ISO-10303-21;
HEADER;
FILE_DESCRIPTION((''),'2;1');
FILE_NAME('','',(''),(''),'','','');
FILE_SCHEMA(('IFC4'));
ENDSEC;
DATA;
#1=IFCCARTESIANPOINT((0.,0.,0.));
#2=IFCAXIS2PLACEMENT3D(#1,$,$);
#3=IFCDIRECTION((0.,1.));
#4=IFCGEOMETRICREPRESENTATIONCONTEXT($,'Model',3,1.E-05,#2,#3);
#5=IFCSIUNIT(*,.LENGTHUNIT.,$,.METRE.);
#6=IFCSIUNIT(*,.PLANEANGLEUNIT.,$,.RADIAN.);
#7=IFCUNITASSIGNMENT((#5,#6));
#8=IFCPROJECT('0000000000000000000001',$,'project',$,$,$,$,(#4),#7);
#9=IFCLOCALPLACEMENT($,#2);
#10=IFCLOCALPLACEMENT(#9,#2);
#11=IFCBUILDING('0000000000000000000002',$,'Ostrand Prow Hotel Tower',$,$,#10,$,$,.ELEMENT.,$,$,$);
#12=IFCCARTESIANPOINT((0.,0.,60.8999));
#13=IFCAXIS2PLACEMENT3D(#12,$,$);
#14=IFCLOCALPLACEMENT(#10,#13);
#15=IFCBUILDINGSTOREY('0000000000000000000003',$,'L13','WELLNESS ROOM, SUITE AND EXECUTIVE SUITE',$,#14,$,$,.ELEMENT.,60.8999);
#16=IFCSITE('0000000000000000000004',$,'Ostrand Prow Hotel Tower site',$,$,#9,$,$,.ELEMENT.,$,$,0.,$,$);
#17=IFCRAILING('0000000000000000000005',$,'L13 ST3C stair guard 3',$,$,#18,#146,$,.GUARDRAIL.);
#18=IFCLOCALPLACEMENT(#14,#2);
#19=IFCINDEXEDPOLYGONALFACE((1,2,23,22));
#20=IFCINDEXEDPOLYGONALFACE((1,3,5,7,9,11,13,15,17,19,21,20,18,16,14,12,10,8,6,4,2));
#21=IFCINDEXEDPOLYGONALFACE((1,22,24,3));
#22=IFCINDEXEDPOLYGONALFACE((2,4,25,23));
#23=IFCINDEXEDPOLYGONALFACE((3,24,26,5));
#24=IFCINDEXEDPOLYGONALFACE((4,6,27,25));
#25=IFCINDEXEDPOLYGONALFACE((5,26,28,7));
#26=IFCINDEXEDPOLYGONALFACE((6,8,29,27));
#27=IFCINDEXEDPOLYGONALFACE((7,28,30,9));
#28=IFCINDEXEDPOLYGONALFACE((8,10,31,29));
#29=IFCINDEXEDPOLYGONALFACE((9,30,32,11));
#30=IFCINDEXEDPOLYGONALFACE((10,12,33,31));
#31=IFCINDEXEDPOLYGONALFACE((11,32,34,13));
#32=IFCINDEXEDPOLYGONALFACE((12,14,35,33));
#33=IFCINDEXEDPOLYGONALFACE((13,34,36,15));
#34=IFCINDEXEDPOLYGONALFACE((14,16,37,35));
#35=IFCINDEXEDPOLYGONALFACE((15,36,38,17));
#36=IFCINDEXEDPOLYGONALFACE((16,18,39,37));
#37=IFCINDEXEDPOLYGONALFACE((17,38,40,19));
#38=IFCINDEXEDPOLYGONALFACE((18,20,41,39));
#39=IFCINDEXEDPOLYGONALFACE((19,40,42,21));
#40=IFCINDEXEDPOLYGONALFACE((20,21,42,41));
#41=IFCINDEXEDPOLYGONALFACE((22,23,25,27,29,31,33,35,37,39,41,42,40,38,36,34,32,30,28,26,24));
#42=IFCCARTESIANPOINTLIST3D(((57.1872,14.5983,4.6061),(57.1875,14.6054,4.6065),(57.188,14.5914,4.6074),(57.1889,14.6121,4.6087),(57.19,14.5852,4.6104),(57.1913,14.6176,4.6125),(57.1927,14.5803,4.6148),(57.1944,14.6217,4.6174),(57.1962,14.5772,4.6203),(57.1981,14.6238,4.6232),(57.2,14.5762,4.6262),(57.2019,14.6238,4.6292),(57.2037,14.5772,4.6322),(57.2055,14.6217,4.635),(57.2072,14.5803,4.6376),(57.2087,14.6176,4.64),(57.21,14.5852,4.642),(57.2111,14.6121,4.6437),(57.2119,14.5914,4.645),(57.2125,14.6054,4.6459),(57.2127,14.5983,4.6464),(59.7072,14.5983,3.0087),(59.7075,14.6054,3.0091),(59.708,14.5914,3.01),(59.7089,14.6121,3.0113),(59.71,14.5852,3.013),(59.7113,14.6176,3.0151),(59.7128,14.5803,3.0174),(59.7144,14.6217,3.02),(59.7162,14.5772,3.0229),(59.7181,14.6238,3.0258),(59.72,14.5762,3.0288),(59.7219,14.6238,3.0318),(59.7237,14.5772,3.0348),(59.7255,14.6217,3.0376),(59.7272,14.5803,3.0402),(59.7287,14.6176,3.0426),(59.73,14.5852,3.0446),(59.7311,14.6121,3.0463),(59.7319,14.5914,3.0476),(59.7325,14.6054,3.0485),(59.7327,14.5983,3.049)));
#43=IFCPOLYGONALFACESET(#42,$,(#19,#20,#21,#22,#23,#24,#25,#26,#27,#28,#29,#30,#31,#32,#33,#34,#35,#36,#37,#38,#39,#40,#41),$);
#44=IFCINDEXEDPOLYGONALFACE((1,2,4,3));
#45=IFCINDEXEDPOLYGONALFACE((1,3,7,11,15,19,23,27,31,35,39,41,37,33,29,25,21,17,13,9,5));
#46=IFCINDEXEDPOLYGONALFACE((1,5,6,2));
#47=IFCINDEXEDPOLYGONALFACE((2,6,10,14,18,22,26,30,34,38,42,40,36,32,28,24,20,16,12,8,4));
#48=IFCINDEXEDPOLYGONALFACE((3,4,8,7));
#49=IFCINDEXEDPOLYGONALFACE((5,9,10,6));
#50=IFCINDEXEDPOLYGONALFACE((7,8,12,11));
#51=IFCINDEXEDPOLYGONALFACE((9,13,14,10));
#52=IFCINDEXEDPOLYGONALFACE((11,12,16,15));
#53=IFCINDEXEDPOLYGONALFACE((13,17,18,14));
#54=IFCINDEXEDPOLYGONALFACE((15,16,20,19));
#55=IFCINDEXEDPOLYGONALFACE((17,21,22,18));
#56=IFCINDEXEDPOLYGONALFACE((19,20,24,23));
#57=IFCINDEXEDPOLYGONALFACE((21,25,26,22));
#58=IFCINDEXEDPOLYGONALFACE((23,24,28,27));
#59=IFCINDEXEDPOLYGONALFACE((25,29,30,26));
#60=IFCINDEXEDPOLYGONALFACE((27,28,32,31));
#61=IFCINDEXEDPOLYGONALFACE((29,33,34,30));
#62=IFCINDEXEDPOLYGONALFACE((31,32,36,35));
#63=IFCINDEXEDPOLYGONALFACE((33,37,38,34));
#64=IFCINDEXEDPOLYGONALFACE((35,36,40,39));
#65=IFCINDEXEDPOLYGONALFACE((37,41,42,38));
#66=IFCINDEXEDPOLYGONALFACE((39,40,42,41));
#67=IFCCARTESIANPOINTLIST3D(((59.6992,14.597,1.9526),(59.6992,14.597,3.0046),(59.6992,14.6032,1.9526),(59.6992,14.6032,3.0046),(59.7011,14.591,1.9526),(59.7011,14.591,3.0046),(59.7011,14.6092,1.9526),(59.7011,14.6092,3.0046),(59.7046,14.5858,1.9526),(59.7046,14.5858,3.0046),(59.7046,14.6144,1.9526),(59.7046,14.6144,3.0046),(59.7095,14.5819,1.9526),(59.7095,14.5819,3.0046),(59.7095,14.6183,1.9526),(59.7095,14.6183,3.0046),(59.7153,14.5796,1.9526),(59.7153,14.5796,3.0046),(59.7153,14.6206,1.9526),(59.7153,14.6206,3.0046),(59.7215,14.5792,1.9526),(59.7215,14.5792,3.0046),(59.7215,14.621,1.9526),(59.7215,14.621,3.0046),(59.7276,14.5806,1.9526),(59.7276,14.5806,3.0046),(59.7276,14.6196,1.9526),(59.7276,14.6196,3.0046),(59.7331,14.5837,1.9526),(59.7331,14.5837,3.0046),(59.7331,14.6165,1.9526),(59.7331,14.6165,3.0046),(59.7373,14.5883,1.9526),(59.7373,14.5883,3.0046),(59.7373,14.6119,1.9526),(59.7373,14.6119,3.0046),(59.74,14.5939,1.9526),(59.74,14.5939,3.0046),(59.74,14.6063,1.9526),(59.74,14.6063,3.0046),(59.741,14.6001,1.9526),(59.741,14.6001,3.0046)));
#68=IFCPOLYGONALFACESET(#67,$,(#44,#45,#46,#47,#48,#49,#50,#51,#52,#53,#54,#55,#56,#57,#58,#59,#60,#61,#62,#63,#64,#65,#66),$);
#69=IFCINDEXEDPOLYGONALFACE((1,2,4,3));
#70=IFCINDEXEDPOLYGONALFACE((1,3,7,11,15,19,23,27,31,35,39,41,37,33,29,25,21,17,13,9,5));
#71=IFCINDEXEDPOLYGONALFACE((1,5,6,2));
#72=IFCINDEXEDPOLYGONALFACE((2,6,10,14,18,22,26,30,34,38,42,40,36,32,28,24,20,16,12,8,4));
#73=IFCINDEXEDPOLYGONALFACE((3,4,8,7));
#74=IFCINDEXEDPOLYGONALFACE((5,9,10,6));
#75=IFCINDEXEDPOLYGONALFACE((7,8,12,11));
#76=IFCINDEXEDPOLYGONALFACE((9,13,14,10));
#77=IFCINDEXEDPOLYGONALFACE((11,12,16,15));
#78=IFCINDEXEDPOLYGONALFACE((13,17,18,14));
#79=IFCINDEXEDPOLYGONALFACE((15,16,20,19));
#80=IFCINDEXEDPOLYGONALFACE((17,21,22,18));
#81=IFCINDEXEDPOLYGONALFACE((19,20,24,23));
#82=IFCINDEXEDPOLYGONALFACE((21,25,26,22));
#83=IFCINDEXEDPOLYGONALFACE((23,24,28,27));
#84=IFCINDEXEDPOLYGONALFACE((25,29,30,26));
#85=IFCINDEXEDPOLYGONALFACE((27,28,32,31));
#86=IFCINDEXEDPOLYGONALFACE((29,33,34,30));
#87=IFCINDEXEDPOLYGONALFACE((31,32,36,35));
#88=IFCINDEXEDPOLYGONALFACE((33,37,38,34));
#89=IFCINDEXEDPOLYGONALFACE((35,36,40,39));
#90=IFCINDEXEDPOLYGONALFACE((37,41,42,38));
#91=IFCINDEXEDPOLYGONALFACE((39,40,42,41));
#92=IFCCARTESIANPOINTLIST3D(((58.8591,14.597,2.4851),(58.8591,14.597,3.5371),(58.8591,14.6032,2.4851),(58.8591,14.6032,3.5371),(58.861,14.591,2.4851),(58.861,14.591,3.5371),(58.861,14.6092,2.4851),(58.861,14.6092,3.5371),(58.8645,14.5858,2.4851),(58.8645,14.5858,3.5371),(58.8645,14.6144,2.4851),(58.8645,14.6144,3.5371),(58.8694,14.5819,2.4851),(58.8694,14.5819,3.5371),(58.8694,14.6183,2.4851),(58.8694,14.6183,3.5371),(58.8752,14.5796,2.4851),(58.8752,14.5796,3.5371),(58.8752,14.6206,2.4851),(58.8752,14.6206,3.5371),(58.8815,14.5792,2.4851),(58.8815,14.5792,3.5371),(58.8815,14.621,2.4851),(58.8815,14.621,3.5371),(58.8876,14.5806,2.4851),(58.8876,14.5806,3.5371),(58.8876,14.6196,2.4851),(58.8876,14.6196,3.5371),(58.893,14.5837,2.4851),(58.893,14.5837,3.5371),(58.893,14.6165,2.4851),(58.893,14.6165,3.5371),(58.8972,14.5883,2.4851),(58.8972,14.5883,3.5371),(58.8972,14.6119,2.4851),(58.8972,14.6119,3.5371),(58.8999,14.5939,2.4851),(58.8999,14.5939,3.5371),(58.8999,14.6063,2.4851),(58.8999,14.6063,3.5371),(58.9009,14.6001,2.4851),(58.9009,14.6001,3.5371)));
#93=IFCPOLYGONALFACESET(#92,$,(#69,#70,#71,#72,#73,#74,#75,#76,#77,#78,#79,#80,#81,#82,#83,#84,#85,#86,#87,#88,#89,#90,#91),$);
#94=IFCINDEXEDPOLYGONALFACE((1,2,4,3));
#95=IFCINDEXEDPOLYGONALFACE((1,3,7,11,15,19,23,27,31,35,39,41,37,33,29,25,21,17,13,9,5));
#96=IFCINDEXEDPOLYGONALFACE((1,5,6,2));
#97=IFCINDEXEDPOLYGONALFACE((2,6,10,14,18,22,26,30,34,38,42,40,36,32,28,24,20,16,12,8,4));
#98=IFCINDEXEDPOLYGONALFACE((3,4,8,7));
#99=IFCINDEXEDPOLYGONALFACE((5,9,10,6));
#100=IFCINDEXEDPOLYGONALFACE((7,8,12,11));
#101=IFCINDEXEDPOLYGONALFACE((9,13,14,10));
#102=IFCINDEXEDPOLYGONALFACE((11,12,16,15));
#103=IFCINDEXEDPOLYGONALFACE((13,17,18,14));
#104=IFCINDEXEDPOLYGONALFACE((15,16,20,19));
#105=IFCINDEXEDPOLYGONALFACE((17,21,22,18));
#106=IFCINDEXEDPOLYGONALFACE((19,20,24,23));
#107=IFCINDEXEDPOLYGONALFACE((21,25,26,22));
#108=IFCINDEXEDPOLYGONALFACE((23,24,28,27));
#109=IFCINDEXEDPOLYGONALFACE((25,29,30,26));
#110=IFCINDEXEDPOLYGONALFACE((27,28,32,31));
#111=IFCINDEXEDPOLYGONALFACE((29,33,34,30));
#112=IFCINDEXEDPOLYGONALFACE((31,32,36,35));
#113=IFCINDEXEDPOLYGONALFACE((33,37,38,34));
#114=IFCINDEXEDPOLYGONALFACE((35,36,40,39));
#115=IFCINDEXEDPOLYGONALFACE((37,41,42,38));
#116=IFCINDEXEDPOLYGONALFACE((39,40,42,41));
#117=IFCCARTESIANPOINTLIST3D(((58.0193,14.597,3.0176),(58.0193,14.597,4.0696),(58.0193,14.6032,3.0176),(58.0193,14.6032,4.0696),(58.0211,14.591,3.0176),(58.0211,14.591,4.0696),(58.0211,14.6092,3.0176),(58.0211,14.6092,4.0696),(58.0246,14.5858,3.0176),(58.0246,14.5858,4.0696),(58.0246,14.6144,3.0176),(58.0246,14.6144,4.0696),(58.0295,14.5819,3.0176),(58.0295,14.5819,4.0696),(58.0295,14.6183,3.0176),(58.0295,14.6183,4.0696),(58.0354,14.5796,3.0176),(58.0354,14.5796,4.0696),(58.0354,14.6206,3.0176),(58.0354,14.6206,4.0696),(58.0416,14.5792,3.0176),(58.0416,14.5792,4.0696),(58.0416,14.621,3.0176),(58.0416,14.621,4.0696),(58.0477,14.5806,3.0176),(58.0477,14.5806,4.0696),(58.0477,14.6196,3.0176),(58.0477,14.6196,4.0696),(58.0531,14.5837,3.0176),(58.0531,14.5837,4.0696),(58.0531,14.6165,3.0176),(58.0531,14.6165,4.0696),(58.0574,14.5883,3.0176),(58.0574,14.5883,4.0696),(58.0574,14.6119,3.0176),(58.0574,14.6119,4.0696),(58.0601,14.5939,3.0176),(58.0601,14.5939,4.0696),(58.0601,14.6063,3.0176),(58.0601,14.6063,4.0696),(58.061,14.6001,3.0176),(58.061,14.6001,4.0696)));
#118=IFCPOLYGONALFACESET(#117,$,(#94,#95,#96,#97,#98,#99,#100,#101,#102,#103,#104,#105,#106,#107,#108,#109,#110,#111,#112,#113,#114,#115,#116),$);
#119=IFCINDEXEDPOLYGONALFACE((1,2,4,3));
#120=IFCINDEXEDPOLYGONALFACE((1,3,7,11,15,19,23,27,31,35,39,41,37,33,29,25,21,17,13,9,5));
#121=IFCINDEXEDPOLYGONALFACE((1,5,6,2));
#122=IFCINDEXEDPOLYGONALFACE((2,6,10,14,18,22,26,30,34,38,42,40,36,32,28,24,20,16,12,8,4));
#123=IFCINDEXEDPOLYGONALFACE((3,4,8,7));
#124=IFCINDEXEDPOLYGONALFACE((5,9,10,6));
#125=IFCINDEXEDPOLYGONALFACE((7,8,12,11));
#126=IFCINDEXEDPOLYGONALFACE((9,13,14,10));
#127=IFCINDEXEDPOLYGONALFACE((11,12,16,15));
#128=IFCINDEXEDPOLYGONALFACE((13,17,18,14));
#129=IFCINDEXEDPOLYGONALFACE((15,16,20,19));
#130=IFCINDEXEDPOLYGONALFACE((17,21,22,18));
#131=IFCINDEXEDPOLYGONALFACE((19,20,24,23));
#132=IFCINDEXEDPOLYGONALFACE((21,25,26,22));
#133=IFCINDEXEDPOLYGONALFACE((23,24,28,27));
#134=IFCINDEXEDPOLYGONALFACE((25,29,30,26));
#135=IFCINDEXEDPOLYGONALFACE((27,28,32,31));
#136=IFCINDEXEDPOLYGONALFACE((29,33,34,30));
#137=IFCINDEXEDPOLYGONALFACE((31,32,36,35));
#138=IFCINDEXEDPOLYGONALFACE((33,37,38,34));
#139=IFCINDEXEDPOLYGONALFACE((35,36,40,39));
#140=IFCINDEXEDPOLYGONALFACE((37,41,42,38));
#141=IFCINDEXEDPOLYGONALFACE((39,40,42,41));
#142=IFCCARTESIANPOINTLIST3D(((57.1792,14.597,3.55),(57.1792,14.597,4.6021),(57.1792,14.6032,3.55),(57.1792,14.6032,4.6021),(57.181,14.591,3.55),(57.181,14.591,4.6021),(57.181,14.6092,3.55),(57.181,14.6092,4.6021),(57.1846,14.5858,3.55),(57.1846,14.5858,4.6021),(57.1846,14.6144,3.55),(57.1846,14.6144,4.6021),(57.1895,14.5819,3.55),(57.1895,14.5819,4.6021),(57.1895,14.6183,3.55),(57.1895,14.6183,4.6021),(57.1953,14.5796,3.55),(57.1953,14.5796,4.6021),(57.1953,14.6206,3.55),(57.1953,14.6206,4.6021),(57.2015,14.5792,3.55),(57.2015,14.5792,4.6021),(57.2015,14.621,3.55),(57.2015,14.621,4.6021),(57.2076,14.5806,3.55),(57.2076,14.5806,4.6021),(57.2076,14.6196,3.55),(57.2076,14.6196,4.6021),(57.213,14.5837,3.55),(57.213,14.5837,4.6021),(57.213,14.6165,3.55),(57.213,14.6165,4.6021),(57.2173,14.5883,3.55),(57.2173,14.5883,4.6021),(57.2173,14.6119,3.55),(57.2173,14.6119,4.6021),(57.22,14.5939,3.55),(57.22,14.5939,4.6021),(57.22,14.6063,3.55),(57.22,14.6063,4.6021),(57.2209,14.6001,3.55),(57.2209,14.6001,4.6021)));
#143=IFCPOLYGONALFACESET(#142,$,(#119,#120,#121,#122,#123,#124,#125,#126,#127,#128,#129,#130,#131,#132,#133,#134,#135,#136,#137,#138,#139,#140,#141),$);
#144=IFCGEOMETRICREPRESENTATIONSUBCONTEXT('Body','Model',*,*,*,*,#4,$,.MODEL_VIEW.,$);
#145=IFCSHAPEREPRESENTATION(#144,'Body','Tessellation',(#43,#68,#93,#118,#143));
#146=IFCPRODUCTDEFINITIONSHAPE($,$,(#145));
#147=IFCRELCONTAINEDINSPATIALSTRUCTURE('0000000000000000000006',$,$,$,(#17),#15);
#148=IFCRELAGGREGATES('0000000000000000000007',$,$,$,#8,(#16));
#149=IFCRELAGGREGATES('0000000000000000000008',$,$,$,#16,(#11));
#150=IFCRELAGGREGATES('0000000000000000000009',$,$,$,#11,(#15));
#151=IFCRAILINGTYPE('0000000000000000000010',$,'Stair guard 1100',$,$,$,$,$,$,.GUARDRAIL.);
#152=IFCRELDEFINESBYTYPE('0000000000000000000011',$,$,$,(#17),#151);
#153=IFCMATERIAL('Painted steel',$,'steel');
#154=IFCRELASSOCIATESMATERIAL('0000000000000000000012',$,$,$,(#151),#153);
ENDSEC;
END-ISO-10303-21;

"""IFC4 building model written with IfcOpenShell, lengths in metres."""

from ifc_helpers import new_model, si_unit, direction, frame, origin, origin_2d, place, context, subcontext, project, spatial, circle, extrude, material, type_object, element, save


model = new_model("IFC4")

# Units and contexts
model_context = context("Model", 3, precision=1e-05, world=origin(), true_north=direction((0.0, 1.0)))
body_context = subcontext(model_context, "Body", "Model", "MODEL_VIEW")
ifc_project = project(units=[si_unit("LENGTHUNIT", "METRE"), si_unit("PLANEANGLEUNIT", "RADIAN")], contexts=[model_context])

# Site, building, storey
site_placement = place(None, origin())
site = spatial("IfcSite", under=ifc_project, at=site_placement, Name="Ostrand Prow Hotel Tower site", CompositionType="ELEMENT", RefElevation=0.0)
building_placement = place(site_placement, origin())
building = spatial("IfcBuilding", under=site, at=building_placement, Name="Ostrand Prow Hotel Tower", CompositionType="ELEMENT")
storey_placement = place(building_placement, frame((0.0, 0.0, 60.8999)))
storey = spatial("IfcBuildingStorey", under=building, at=storey_placement, Name="L13", Description="WELLNESS ROOM, SUITE AND EXECUTIVE SUITE", CompositionType="ELEMENT", Elevation=60.8999)

# Railing
ifc_material_1 = material(Name="Painted steel", Category="steel")
railing_type_1 = type_object("IfcRailingType", Name="Stair guard 1100", PredefinedType="GUARDRAIL", material=ifc_material_1)
railing_1_placement = place(storey_placement, frame((59.72, 14.6001, 1.9526)))
element("IfcRailing", 1, at=railing_1_placement, inside=storey, type_object=railing_type_1, Name="L13 ST3C stair guard 3", PredefinedType="GUARDRAIL", context=body_context, shape_type="SweptSolid", body=[
    extrude(circle(Radius=0.0239, at=origin_2d()), frame((0.0, 0.0, 1.0762), z_axis=(-0.844607, 0.0, 0.535387), x_axis=(0.0, -1.0, 0.0)), (0.0, 0.0, 1.0), 2.9836),
    extrude(circle(Radius=0.021, at=origin_2d()), origin(), (0.0, 0.0, 1.0), 1.052),
    extrude(circle(Radius=0.021, at=origin_2d()), frame((-0.8401, 0.0, 0.5325)), (0.0, 0.0, 1.0), 1.052),
    extrude(circle(Radius=0.021, at=origin_2d()), frame((-1.6799, 0.0, 1.0649)), (0.0, 0.0, 1.0), 1.052),
    extrude(circle(Radius=0.021, at=origin_2d()), frame((-2.52, 0.0, 1.5974)), (0.0, 0.0, 1.0), 1.052),
])

save(model, "model.ifc")
